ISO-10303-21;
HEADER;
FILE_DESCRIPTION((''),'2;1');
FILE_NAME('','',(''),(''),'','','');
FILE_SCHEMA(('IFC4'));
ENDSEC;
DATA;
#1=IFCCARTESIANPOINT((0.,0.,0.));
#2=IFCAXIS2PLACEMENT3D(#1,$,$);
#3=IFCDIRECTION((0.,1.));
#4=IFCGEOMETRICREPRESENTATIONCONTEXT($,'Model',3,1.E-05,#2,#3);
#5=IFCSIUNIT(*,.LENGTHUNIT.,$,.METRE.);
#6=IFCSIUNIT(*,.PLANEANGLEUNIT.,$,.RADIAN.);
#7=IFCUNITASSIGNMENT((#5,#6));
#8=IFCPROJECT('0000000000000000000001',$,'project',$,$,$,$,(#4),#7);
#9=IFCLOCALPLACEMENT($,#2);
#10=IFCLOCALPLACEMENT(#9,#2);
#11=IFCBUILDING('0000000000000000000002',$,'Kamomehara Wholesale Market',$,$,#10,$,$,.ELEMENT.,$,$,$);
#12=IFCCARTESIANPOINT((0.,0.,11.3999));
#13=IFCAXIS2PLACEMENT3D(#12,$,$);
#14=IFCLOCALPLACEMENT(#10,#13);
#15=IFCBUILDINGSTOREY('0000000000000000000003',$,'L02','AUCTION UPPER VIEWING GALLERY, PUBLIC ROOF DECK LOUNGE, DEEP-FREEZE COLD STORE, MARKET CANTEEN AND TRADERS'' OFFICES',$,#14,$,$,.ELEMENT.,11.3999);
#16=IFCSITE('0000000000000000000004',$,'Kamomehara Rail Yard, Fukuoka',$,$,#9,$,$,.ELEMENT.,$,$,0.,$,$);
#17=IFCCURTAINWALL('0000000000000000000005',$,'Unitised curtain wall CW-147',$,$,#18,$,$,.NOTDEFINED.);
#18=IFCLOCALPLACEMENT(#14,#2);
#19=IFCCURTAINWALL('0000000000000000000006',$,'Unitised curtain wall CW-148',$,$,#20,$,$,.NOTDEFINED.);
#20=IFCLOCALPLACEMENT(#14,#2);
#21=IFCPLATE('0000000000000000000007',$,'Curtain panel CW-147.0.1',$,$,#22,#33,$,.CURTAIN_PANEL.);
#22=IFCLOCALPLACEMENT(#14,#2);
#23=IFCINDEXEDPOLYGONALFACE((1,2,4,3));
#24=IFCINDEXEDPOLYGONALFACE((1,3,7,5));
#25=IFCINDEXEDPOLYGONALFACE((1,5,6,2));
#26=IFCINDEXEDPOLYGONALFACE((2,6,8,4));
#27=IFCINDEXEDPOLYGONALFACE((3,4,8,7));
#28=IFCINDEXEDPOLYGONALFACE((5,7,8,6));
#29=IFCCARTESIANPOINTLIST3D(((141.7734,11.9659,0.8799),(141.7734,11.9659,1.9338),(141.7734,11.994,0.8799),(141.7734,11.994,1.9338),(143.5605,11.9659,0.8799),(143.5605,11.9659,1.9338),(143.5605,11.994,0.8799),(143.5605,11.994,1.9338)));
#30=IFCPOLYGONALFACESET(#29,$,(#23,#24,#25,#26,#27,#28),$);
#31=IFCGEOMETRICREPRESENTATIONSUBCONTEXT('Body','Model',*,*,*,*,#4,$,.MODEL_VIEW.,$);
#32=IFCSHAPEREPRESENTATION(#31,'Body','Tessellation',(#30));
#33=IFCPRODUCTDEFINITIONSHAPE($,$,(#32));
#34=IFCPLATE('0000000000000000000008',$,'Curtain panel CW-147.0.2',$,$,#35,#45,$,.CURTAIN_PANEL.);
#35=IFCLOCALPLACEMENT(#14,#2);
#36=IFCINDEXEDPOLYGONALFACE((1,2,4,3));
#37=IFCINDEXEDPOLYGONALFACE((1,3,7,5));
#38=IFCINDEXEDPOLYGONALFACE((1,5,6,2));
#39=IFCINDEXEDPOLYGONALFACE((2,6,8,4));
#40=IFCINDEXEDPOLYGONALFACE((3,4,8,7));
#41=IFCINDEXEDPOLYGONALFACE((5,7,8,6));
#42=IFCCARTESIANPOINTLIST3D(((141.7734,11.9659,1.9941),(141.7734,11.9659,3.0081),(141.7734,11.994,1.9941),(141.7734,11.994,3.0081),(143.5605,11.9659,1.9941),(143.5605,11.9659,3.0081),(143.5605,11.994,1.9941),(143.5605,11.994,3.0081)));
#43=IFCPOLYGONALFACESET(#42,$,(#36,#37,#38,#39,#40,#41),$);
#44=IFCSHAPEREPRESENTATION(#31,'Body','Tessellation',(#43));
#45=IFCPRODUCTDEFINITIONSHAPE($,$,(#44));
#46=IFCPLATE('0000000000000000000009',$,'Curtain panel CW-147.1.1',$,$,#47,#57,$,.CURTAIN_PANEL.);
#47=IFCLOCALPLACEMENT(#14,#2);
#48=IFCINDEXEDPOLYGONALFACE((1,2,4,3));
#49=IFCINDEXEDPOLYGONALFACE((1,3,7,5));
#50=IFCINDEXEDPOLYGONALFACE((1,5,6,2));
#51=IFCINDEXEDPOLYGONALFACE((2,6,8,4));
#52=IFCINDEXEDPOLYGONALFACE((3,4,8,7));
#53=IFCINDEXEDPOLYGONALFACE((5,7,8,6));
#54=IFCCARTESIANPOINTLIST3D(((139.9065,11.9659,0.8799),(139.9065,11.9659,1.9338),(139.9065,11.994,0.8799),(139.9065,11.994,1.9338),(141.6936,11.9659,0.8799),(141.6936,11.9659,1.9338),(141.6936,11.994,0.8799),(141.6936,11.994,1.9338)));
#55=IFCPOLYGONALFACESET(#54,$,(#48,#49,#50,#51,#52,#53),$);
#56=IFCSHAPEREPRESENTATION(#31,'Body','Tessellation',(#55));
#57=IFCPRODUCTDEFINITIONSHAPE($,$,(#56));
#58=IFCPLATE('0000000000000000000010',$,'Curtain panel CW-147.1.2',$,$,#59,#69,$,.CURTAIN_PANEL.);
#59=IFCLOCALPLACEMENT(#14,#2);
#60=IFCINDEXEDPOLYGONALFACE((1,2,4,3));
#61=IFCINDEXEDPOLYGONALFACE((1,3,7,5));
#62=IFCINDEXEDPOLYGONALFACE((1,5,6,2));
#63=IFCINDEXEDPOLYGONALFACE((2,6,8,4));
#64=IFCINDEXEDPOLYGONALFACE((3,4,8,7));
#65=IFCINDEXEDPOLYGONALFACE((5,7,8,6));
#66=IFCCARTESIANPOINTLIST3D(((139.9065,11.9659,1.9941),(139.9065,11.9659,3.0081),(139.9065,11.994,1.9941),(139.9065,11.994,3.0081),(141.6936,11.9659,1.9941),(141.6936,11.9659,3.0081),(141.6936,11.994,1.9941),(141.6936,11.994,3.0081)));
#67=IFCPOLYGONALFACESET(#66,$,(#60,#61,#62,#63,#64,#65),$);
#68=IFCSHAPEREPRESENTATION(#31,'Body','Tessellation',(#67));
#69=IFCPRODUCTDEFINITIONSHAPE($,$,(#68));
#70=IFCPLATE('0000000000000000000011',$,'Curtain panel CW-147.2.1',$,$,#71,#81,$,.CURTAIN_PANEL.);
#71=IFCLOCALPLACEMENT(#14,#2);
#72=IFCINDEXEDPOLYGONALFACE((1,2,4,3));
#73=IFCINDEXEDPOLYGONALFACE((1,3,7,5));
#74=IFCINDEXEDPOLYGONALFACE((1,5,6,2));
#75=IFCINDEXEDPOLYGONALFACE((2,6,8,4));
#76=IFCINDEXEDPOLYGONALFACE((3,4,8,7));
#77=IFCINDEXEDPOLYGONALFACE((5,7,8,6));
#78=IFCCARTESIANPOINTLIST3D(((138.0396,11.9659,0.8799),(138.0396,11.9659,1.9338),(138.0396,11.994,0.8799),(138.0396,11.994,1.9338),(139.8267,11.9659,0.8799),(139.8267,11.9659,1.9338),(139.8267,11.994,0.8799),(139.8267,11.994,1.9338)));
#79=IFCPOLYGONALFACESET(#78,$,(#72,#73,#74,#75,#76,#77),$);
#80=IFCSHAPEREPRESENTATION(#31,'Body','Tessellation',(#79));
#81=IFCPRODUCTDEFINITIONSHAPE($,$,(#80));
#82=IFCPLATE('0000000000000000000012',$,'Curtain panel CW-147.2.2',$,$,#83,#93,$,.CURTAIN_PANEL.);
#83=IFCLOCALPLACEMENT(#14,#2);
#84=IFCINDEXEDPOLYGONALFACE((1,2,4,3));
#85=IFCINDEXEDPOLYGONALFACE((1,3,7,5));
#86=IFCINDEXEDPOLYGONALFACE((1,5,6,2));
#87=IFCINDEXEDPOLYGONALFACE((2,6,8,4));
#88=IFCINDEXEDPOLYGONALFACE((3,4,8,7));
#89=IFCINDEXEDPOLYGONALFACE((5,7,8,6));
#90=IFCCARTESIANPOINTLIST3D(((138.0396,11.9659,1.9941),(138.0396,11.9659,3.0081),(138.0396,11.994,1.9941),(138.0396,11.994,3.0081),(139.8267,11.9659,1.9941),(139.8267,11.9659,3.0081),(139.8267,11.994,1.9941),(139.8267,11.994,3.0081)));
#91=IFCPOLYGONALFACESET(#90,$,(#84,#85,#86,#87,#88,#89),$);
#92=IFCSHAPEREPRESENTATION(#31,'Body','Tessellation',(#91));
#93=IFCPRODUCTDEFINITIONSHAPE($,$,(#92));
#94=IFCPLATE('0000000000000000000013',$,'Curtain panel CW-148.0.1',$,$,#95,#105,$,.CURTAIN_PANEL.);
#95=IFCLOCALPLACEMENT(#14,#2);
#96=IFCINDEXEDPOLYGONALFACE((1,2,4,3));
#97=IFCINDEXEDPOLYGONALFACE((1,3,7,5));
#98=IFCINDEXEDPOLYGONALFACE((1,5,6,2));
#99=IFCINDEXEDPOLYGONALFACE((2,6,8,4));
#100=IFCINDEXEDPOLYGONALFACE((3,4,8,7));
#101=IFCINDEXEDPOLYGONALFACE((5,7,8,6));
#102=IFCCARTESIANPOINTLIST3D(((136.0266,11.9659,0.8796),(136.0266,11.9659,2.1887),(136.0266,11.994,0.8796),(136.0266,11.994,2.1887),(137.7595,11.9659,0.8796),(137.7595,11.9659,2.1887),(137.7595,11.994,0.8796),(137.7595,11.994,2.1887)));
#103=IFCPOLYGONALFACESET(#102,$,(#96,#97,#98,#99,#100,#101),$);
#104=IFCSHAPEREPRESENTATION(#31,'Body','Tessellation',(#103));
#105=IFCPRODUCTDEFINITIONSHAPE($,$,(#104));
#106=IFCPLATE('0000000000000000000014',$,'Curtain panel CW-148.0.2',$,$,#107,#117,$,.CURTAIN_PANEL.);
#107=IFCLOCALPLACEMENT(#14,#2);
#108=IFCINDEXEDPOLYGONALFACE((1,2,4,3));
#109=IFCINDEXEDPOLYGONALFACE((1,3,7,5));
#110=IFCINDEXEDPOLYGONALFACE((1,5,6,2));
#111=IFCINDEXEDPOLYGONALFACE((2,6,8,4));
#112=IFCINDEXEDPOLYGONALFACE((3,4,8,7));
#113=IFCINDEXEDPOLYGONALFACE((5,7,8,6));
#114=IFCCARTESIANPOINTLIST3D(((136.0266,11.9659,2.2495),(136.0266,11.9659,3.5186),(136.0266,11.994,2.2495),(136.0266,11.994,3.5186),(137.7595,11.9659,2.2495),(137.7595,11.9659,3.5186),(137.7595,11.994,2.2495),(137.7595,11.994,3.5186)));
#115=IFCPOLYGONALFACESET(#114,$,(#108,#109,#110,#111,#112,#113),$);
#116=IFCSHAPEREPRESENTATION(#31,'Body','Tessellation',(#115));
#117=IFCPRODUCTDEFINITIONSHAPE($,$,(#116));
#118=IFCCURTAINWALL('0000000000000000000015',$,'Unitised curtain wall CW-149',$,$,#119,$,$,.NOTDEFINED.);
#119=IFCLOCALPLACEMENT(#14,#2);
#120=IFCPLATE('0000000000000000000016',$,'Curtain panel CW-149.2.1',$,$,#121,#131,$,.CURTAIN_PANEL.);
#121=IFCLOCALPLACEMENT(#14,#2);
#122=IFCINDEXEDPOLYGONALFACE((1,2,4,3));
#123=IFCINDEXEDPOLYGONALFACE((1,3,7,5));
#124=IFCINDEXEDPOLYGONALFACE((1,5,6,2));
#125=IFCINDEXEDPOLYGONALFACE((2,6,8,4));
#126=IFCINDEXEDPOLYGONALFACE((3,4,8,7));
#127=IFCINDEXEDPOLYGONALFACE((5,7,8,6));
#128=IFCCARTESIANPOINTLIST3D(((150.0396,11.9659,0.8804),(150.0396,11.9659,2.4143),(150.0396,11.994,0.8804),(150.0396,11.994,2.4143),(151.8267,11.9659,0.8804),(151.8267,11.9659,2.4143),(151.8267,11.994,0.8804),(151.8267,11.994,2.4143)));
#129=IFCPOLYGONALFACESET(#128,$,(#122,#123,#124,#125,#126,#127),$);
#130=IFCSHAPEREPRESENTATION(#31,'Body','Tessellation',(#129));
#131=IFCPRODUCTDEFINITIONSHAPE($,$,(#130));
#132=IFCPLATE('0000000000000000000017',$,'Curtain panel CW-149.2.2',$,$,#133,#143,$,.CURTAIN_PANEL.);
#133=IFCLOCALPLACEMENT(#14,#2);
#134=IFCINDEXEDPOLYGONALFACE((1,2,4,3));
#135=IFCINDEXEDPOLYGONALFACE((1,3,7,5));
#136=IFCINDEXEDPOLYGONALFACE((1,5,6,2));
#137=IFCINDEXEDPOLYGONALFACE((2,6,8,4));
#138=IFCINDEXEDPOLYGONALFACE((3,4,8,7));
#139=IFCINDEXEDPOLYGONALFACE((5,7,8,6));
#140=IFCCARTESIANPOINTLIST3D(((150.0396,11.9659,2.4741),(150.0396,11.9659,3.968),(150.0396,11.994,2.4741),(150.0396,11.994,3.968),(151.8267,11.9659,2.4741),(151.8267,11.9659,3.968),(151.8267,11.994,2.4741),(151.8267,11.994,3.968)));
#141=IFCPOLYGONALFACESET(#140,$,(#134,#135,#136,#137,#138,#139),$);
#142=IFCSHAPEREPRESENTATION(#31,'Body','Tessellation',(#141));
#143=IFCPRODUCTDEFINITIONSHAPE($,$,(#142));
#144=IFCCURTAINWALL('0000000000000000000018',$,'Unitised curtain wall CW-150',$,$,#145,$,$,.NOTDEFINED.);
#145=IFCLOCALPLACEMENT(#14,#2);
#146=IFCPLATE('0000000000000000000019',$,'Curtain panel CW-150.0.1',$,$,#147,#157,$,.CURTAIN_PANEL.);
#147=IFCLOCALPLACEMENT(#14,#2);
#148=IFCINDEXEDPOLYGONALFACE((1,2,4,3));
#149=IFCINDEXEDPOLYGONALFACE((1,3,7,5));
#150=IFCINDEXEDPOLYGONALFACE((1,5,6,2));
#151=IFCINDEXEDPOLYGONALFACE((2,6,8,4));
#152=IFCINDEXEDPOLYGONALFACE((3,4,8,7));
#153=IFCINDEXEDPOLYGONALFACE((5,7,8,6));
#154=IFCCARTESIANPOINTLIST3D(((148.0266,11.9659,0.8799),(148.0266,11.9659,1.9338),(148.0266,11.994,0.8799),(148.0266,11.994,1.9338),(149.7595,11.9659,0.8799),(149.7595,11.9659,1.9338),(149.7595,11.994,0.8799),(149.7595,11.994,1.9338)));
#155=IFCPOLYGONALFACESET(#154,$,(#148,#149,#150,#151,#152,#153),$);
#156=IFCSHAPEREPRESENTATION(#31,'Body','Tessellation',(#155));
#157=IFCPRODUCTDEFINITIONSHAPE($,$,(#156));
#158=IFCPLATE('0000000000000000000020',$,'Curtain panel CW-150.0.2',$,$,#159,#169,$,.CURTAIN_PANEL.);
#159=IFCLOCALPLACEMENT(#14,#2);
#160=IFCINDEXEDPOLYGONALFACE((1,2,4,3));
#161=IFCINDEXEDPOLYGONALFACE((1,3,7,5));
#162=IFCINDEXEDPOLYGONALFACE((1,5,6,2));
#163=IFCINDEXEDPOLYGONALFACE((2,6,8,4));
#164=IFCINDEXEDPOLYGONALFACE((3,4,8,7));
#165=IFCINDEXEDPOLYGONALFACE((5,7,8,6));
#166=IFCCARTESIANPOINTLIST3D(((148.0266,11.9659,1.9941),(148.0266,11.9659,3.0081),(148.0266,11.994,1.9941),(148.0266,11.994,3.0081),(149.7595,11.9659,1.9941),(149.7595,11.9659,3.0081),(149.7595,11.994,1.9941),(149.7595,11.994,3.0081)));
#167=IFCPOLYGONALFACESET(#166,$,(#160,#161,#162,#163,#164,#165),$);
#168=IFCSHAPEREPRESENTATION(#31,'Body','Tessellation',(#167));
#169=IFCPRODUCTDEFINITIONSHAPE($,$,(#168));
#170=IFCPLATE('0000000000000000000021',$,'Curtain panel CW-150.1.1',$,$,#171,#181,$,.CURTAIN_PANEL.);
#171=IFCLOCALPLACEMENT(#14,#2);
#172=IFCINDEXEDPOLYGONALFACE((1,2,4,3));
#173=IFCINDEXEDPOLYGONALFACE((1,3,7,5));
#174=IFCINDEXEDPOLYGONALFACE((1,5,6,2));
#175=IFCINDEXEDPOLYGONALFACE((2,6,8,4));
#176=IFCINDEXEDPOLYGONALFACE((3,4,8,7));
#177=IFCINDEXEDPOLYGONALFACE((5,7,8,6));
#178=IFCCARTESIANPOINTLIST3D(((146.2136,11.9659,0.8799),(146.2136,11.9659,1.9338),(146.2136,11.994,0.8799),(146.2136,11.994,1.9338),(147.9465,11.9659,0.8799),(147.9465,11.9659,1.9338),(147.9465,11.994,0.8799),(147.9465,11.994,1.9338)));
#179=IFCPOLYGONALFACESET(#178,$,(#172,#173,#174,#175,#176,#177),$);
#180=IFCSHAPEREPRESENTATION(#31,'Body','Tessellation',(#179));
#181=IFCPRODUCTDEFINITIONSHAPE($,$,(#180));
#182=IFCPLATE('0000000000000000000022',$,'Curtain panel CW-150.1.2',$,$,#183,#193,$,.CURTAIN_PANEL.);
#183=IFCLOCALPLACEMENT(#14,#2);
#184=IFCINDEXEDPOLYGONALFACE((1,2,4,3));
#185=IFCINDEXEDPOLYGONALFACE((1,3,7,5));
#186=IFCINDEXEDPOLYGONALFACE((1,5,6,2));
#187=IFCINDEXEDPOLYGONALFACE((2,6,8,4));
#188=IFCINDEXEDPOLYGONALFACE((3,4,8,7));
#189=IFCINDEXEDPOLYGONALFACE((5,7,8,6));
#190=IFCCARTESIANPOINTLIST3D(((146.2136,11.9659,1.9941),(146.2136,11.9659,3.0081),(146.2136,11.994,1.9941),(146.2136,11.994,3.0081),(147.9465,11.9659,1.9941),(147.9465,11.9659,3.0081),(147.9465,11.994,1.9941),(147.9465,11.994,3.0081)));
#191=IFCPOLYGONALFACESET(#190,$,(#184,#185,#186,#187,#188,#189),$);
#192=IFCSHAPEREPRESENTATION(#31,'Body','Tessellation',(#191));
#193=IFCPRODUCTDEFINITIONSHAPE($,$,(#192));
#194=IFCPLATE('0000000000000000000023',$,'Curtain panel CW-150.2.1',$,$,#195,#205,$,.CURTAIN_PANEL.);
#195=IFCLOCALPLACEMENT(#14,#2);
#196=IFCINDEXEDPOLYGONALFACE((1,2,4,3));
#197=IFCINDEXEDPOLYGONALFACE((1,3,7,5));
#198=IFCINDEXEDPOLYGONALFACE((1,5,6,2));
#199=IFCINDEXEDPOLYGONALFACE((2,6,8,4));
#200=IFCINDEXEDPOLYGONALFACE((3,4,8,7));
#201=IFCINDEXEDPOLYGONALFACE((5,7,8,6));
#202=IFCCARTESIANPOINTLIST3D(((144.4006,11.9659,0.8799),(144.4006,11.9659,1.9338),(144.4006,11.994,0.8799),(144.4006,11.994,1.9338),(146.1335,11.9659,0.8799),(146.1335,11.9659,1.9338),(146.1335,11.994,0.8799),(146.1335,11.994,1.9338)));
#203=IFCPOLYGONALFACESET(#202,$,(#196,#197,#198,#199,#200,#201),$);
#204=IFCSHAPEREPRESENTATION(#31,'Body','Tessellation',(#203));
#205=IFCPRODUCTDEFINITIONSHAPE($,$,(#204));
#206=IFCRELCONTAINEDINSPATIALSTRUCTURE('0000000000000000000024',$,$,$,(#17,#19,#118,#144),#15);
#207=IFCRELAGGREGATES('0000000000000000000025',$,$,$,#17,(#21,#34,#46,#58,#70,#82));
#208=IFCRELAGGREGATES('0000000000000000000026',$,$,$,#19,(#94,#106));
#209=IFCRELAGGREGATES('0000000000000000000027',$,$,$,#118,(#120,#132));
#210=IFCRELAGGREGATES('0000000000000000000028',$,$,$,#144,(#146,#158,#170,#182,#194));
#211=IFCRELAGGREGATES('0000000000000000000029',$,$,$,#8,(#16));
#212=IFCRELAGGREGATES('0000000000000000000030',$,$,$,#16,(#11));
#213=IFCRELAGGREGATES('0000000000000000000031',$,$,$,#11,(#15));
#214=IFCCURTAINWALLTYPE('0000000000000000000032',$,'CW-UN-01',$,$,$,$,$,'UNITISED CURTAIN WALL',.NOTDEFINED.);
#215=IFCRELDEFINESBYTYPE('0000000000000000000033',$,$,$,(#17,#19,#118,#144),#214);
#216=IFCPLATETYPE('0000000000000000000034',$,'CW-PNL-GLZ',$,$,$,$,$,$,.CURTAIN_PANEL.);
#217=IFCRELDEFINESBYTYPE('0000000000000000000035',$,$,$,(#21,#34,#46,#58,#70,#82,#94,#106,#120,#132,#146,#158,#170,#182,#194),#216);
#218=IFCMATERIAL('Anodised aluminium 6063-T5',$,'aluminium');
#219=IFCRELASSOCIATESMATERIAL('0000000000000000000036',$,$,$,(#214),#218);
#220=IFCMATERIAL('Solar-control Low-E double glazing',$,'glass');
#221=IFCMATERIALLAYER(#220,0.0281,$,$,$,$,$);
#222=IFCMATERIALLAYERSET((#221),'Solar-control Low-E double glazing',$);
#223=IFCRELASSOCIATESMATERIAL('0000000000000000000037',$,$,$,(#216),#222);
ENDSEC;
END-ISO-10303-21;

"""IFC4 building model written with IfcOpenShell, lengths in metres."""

from ifc_helpers import new_model, si_unit, direction, frame, origin, origin_2d, place, context, subcontext, project, spatial, rectangle, extrude, material, layer, layer_set, type_object, element, aggregate, save


model = new_model("IFC4")

# Units and contexts
model_context = context("Model", 3, precision=1e-05, world=origin(), true_north=direction((0.0, 1.0)))
body_context = subcontext(model_context, "Body", "Model", "MODEL_VIEW")
ifc_project = project(units=[si_unit("LENGTHUNIT", "METRE"), si_unit("PLANEANGLEUNIT", "RADIAN")], contexts=[model_context])

# Site, building, storey
site_placement = place(None, origin())
site = spatial("IfcSite", under=ifc_project, at=site_placement, Name="Kamomehara Rail Yard, Fukuoka", CompositionType="ELEMENT", RefElevation=0.0)
building_placement = place(site_placement, origin())
building = spatial("IfcBuilding", under=site, at=building_placement, Name="Kamomehara Wholesale Market", CompositionType="ELEMENT")
storey_placement = place(building_placement, frame((0.0, 0.0, 11.3999)))
storey = spatial("IfcBuildingStorey", under=building, at=storey_placement, Name="L02", Description="AUCTION UPPER VIEWING GALLERY, PUBLIC ROOF DECK LOUNGE, DEEP-FREEZE COLD STORE, MARKET CANTEEN AND TRADERS' OFFICES", CompositionType="ELEMENT", Elevation=11.3999)

# Curtain walls
ifc_material_1 = material(Name="Anodised aluminium 6063-T5", Category="aluminium")
curtain_wall_type = type_object("IfcCurtainWallType", Name="CW-UN-01", ElementType="UNITISED CURTAIN WALL", PredefinedType="NOTDEFINED", material=ifc_material_1)
curtain_wall_1_placement = place(storey_placement, origin())
curtain_wall_1 = element("IfcCurtainWall", 1, at=curtain_wall_1_placement, inside=storey, type_object=curtain_wall_type, Name="Unitised curtain wall CW-147", PredefinedType="NOTDEFINED")
curtain_wall_2_placement = place(storey_placement, origin())
curtain_wall_2 = element("IfcCurtainWall", 2, at=curtain_wall_2_placement, inside=storey, type_object=curtain_wall_type, Name="Unitised curtain wall CW-148", PredefinedType="NOTDEFINED")

# Plates
ifc_material_2 = material(Name="Solar-control Low-E double glazing", Category="glass")
ifc_layer_1 = layer(ifc_material_2, 0.0281)
ifc_layer_set_1 = layer_set([ifc_layer_1], Name="Solar-control Low-E double glazing")
plate_type_1 = type_object("IfcPlateType", Name="CW-PNL-GLZ", PredefinedType="CURTAIN_PANEL", material=ifc_layer_set_1)
plate_1_placement = place(storey_placement, frame((142.667, 11.98, 0.8799), z_axis=(0.0, 0.0, 1.0), x_axis=(-1.0, 0.0, 0.0)))
plate_1 = element("IfcPlate", 3, at=plate_1_placement, type_object=plate_type_1, Name="Curtain panel CW-147.0.1", PredefinedType="CURTAIN_PANEL", context=body_context, shape_type="SweptSolid", body=[
    extrude(rectangle(XDim=1.7871, YDim=0.0281, at=origin_2d()), origin(), (0.0, 0.0, 1.0), 1.054),
])
plate_2_placement = place(storey_placement, frame((142.667, 11.98, 1.9941), z_axis=(0.0, 0.0, 1.0), x_axis=(-1.0, 0.0, 0.0)))
plate_2 = element("IfcPlate", 4, at=plate_2_placement, type_object=plate_type_1, Name="Curtain panel CW-147.0.2", PredefinedType="CURTAIN_PANEL", context=body_context, shape_type="SweptSolid", body=[
    extrude(rectangle(XDim=1.7871, YDim=0.0281, at=origin_2d()), origin(), (0.0, 0.0, 1.0), 1.0139),
])
plate_3_placement = place(storey_placement, frame((140.8, 11.98, 0.8799), z_axis=(0.0, 0.0, 1.0), x_axis=(-1.0, 0.0, 0.0)))
plate_3 = element("IfcPlate", 5, at=plate_3_placement, type_object=plate_type_1, Name="Curtain panel CW-147.1.1", PredefinedType="CURTAIN_PANEL", context=body_context, shape_type="SweptSolid", body=[
    extrude(rectangle(XDim=1.7871, YDim=0.0281, at=origin_2d()), origin(), (0.0, 0.0, 1.0), 1.054),
])
plate_4_placement = place(storey_placement, frame((140.8, 11.98, 1.9941), z_axis=(0.0, 0.0, 1.0), x_axis=(-1.0, 0.0, 0.0)))
plate_4 = element("IfcPlate", 6, at=plate_4_placement, type_object=plate_type_1, Name="Curtain panel CW-147.1.2", PredefinedType="CURTAIN_PANEL", context=body_context, shape_type="SweptSolid", body=[
    extrude(rectangle(XDim=1.7871, YDim=0.0281, at=origin_2d()), origin(), (0.0, 0.0, 1.0), 1.0139),
])
plate_5_placement = place(storey_placement, frame((138.9331, 11.98, 0.8799), z_axis=(0.0, 0.0, 1.0), x_axis=(-1.0, 0.0, 0.0)))
plate_5 = element("IfcPlate", 7, at=plate_5_placement, type_object=plate_type_1, Name="Curtain panel CW-147.2.1", PredefinedType="CURTAIN_PANEL", context=body_context, shape_type="SweptSolid", body=[
    extrude(rectangle(XDim=1.7871, YDim=0.0281, at=origin_2d()), origin(), (0.0, 0.0, 1.0), 1.054),
])
plate_6_placement = place(storey_placement, frame((138.9331, 11.98, 1.9941), z_axis=(0.0, 0.0, 1.0), x_axis=(-1.0, 0.0, 0.0)))
plate_6 = element("IfcPlate", 8, at=plate_6_placement, type_object=plate_type_1, Name="Curtain panel CW-147.2.2", PredefinedType="CURTAIN_PANEL", context=body_context, shape_type="SweptSolid", body=[
    extrude(rectangle(XDim=1.7871, YDim=0.0281, at=origin_2d()), origin(), (0.0, 0.0, 1.0), 1.0139),
])
plate_7_placement = place(storey_placement, frame((136.8931, 11.98, 0.8796), z_axis=(0.0, 0.0, 1.0), x_axis=(-1.0, 0.0, 0.0)))
plate_7 = element("IfcPlate", 9, at=plate_7_placement, type_object=plate_type_1, Name="Curtain panel CW-148.0.1", PredefinedType="CURTAIN_PANEL", context=body_context, shape_type="SweptSolid", body=[
    extrude(rectangle(XDim=1.7329, YDim=0.0281, at=origin_2d()), origin(), (0.0, 0.0, 1.0), 1.3091),
])
plate_8_placement = place(storey_placement, frame((136.8931, 11.98, 2.2495), z_axis=(0.0, 0.0, 1.0), x_axis=(-1.0, 0.0, 0.0)))
plate_8 = element("IfcPlate", 10, at=plate_8_placement, type_object=plate_type_1, Name="Curtain panel CW-148.0.2", PredefinedType="CURTAIN_PANEL", context=body_context, shape_type="SweptSolid", body=[
    extrude(rectangle(XDim=1.7329, YDim=0.0281, at=origin_2d()), origin(), (0.0, 0.0, 1.0), 1.269),
])

# Curtain walls, plates
curtain_wall_3_placement = place(storey_placement, origin())
curtain_wall_3 = element("IfcCurtainWall", 11, at=curtain_wall_3_placement, inside=storey, type_object=curtain_wall_type, Name="Unitised curtain wall CW-149", PredefinedType="NOTDEFINED")
plate_9_placement = place(storey_placement, frame((150.9331, 11.98, 0.8804), z_axis=(0.0, 0.0, 1.0), x_axis=(-1.0, 0.0, 0.0)))
plate_9 = element("IfcPlate", 12, at=plate_9_placement, type_object=plate_type_1, Name="Curtain panel CW-149.2.1", PredefinedType="CURTAIN_PANEL", context=body_context, shape_type="SweptSolid", body=[
    extrude(rectangle(XDim=1.7871, YDim=0.0281, at=origin_2d()), origin(), (0.0, 0.0, 1.0), 1.5339),
])
plate_10_placement = place(storey_placement, frame((150.9331, 11.98, 2.4741), z_axis=(0.0, 0.0, 1.0), x_axis=(-1.0, 0.0, 0.0)))
plate_10 = element("IfcPlate", 13, at=plate_10_placement, type_object=plate_type_1, Name="Curtain panel CW-149.2.2", PredefinedType="CURTAIN_PANEL", context=body_context, shape_type="SweptSolid", body=[
    extrude(rectangle(XDim=1.7871, YDim=0.0281, at=origin_2d()), origin(), (0.0, 0.0, 1.0), 1.4939),
])
curtain_wall_4_placement = place(storey_placement, origin())
curtain_wall_4 = element("IfcCurtainWall", 14, at=curtain_wall_4_placement, inside=storey, type_object=curtain_wall_type, Name="Unitised curtain wall CW-150", PredefinedType="NOTDEFINED")
plate_11_placement = place(storey_placement, frame((148.8931, 11.98, 0.8799), z_axis=(0.0, 0.0, 1.0), x_axis=(-1.0, 0.0, 0.0)))
plate_11 = element("IfcPlate", 15, at=plate_11_placement, type_object=plate_type_1, Name="Curtain panel CW-150.0.1", PredefinedType="CURTAIN_PANEL", context=body_context, shape_type="SweptSolid", body=[
    extrude(rectangle(XDim=1.7329, YDim=0.0281, at=origin_2d()), origin(), (0.0, 0.0, 1.0), 1.054),
])
plate_12_placement = place(storey_placement, frame((148.8931, 11.98, 1.9941), z_axis=(0.0, 0.0, 1.0), x_axis=(-1.0, 0.0, 0.0)))
plate_12 = element("IfcPlate", 16, at=plate_12_placement, type_object=plate_type_1, Name="Curtain panel CW-150.0.2", PredefinedType="CURTAIN_PANEL", context=body_context, shape_type="SweptSolid", body=[
    extrude(rectangle(XDim=1.7329, YDim=0.0281, at=origin_2d()), origin(), (0.0, 0.0, 1.0), 1.0139),
])
plate_13_placement = place(storey_placement, frame((147.0801, 11.98, 0.8799), z_axis=(0.0, 0.0, 1.0), x_axis=(-1.0, 0.0, 0.0)))
plate_13 = element("IfcPlate", 17, at=plate_13_placement, type_object=plate_type_1, Name="Curtain panel CW-150.1.1", PredefinedType="CURTAIN_PANEL", context=body_context, shape_type="SweptSolid", body=[
    extrude(rectangle(XDim=1.7329, YDim=0.0281, at=origin_2d()), origin(), (0.0, 0.0, 1.0), 1.054),
])
plate_14_placement = place(storey_placement, frame((147.0801, 11.98, 1.9941), z_axis=(0.0, 0.0, 1.0), x_axis=(-1.0, 0.0, 0.0)))
plate_14 = element("IfcPlate", 18, at=plate_14_placement, type_object=plate_type_1, Name="Curtain panel CW-150.1.2", PredefinedType="CURTAIN_PANEL", context=body_context, shape_type="SweptSolid", body=[
    extrude(rectangle(XDim=1.7329, YDim=0.0281, at=origin_2d()), origin(), (0.0, 0.0, 1.0), 1.0139),
])
plate_15_placement = place(storey_placement, frame((145.2671, 11.98, 0.8799), z_axis=(0.0, 0.0, 1.0), x_axis=(-1.0, 0.0, 0.0)))
plate_15 = element("IfcPlate", 19, at=plate_15_placement, type_object=plate_type_1, Name="Curtain panel CW-150.2.1", PredefinedType="CURTAIN_PANEL", context=body_context, shape_type="SweptSolid", body=[
    extrude(rectangle(XDim=1.7329, YDim=0.0281, at=origin_2d()), origin(), (0.0, 0.0, 1.0), 1.054),
])

aggregate(curtain_wall_1, [plate_1, plate_2, plate_3, plate_4, plate_5, plate_6])
aggregate(curtain_wall_2, [plate_7, plate_8])
aggregate(curtain_wall_3, [plate_9, plate_10])
aggregate(curtain_wall_4, [plate_11, plate_12, plate_13, plate_14, plate_15])

save(model, "model.ifc")
